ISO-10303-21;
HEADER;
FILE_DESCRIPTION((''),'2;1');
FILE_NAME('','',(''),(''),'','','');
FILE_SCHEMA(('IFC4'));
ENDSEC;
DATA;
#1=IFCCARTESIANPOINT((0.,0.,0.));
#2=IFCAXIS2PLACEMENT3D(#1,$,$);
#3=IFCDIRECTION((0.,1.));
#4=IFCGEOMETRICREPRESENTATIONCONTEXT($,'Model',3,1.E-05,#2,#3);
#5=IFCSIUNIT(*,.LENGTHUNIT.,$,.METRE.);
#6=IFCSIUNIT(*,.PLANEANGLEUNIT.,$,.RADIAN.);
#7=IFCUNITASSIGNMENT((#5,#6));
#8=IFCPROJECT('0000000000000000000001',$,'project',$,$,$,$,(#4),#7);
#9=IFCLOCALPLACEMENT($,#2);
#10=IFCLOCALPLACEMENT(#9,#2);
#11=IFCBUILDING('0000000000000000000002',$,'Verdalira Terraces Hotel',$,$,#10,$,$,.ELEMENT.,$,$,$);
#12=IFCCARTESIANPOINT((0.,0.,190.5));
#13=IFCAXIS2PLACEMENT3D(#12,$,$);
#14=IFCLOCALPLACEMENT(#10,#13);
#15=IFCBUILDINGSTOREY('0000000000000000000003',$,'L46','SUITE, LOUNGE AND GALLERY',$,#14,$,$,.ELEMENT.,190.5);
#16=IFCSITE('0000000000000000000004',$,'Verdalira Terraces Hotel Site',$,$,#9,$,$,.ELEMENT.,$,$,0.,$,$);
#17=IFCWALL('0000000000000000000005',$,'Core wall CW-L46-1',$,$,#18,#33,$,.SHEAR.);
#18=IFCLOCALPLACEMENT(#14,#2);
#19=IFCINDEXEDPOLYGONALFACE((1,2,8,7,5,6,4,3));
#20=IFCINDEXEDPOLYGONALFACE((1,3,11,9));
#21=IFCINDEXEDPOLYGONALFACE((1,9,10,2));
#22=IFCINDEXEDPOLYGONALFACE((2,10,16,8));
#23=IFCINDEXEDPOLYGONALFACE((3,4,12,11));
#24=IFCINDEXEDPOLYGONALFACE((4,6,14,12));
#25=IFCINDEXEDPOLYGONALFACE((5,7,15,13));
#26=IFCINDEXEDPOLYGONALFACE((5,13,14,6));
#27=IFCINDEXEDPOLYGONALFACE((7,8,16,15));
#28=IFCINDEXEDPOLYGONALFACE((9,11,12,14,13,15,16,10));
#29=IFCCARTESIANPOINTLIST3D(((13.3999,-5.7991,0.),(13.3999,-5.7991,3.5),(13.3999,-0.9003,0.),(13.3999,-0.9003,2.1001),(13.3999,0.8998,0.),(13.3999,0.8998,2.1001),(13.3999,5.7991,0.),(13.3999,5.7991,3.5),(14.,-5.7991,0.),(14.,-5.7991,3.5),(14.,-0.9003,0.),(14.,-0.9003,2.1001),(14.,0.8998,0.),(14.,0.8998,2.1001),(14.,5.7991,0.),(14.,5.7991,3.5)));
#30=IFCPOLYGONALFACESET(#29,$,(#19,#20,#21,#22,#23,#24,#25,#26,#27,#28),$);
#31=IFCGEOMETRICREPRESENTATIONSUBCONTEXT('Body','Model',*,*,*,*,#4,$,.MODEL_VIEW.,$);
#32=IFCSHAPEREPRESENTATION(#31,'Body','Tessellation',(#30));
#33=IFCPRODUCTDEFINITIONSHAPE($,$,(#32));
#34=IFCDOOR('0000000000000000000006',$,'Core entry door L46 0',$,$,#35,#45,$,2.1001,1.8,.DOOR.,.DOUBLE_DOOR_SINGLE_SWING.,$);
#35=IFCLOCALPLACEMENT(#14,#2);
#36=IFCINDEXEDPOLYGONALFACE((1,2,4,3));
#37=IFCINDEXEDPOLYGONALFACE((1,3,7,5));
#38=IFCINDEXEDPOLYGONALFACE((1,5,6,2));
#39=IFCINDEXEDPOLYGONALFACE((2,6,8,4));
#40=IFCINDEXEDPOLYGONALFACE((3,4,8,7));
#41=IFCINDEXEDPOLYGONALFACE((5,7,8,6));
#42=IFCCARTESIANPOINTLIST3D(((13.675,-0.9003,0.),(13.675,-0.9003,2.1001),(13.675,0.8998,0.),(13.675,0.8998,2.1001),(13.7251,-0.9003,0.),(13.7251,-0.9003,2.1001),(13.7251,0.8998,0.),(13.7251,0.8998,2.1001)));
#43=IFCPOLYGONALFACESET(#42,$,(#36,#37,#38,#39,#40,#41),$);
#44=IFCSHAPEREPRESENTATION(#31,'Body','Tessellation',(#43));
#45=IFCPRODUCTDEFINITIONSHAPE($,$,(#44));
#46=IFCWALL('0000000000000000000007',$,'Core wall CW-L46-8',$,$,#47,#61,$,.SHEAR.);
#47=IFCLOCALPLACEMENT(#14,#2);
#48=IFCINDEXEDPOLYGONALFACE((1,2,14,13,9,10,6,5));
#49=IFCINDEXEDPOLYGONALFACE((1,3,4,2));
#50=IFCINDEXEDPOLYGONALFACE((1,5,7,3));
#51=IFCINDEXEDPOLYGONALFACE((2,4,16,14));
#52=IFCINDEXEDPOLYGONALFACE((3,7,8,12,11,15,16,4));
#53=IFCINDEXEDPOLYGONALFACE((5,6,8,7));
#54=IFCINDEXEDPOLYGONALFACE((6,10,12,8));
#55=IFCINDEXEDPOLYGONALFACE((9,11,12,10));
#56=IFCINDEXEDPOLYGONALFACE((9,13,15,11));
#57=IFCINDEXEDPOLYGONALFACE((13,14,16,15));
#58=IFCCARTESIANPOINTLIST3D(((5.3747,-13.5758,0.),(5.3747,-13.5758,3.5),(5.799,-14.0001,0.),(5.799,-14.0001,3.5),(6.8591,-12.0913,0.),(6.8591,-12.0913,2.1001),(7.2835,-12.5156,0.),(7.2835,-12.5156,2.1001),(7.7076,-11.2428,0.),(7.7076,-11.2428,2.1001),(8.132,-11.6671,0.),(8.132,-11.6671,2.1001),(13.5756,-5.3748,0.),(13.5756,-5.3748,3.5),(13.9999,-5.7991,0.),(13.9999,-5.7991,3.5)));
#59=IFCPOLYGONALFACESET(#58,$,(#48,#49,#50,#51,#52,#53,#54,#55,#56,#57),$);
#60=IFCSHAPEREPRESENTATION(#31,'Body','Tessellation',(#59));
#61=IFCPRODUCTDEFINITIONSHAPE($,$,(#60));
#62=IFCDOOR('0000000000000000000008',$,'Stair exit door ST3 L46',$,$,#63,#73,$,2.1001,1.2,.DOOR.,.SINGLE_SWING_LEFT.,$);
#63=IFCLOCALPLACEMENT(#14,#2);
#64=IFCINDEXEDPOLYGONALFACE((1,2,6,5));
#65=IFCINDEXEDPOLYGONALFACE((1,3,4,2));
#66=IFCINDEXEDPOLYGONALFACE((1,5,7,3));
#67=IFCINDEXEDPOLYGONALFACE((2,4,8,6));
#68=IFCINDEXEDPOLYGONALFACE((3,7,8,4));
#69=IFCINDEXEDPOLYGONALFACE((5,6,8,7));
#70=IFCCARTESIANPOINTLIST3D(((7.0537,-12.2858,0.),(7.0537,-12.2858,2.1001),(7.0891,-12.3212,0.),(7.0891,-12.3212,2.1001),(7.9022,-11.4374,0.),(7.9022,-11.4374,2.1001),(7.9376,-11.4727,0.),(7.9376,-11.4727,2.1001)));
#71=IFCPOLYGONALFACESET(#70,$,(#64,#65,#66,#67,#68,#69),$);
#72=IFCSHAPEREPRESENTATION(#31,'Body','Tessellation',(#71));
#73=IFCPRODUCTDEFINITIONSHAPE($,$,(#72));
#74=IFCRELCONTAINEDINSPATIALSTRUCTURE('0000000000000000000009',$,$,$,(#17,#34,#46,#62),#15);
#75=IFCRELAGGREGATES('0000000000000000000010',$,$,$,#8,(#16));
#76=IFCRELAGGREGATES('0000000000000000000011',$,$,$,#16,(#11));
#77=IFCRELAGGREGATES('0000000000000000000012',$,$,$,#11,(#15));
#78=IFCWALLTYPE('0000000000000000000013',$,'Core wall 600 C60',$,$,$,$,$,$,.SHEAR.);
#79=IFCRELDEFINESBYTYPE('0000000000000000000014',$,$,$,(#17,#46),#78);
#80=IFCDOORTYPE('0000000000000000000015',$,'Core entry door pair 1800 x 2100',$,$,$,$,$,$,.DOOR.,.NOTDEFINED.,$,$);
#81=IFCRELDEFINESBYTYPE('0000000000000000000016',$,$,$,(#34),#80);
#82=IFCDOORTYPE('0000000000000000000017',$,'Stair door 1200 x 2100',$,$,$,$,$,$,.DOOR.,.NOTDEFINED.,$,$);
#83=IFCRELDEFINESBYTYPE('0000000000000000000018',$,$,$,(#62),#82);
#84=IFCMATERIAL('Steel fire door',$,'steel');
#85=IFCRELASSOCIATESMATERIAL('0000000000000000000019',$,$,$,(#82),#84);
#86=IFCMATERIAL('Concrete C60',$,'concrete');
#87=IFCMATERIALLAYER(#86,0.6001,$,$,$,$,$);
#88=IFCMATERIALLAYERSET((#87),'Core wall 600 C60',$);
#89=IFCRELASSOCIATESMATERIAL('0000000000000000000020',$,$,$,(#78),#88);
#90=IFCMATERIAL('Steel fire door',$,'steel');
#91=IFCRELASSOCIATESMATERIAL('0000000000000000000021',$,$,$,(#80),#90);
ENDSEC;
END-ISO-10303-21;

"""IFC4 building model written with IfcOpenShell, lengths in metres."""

from ifc_helpers import new_model, si_unit, direction, frame, frame_2d, origin, place, context, subcontext, project, spatial, rectangle, extrude, material, layer, layer_set, type_object, element, fill, save


model = new_model("IFC4")

# Units and contexts
model_context = context("Model", 3, precision=1e-05, world=origin(), true_north=direction((0.0, 1.0)))
body_context = subcontext(model_context, "Body", "Model", "MODEL_VIEW")
ifc_project = project(units=[si_unit("LENGTHUNIT", "METRE"), si_unit("PLANEANGLEUNIT", "RADIAN")], contexts=[model_context])

# Site, building, storey
site_placement = place(None, origin())
site = spatial("IfcSite", under=ifc_project, at=site_placement, Name="Verdalira Terraces Hotel Site", CompositionType="ELEMENT", RefElevation=0.0)
building_placement = place(site_placement, origin())
building = spatial("IfcBuilding", under=site, at=building_placement, Name="Verdalira Terraces Hotel", CompositionType="ELEMENT")
storey_placement = place(building_placement, frame((0.0, 0.0, 190.5)))
storey = spatial("IfcBuildingStorey", under=building, at=storey_placement, Name="L46", Description="SUITE, LOUNGE AND GALLERY", CompositionType="ELEMENT", Elevation=190.5)

# Shared definitions
ifc_material_1 = material(Name="Steel fire door", Category="steel")
door_type_1 = type_object("IfcDoorType", Name="Stair door 1200 x 2100", OperationType="NOTDEFINED", PredefinedType="DOOR", material=ifc_material_1)

# Walls, openings, doors
ifc_material_2 = material(Name="Concrete C60", Category="concrete")
ifc_layer_1 = layer(ifc_material_2, 0.6001)
ifc_layer_set_1 = layer_set([ifc_layer_1], Name="Core wall 600 C60")
wall_type_1 = type_object("IfcWallType", Name="Core wall 600 C60", PredefinedType="SHEAR", material=ifc_layer_set_1)
wall_1_placement = place(storey_placement, frame((13.7, -5.7991, 0.0), z_axis=(0.0, 0.0, 1.0), x_axis=(0.0, 1.0, 0.0)))
wall_1 = element("IfcWall", 1, at=wall_1_placement, inside=storey, type_object=wall_type_1, Name="Core wall CW-L46-1", PredefinedType="SHEAR", context=body_context, shape_type="SweptSolid", body=[
    extrude(rectangle(XDim=11.5981, YDim=0.6001, at=frame_2d((5.7991, 0.0))), origin(), (0.0, 0.0, 1.0), 3.5),
])
opening_1_placement = place(wall_1_placement, frame((4.8989, 0.0, 0.0)))
opening_1 = element("IfcOpeningElement", 2, at=opening_1_placement, cuts=wall_1, PredefinedType="OPENING", context=body_context, shape_type="SweptSolid", body=[
    extrude(rectangle(XDim=1.8, YDim=2.1001, at=frame_2d((0.8999, 1.05))), frame((0.0, 0.3101, 0.0), z_axis=(0.0, -1.0, 0.0), x_axis=(1.0, 0.0, 0.0)), (0.0, 0.0, 1.0), 0.6201),
])
ifc_material_3 = material(Name="Steel fire door", Category="steel")
door_type_2 = type_object("IfcDoorType", Name="Core entry door pair 1800 x 2100", OperationType="NOTDEFINED", PredefinedType="DOOR", material=ifc_material_3)
door_1_placement = place(opening_1_placement, origin())
door_1 = element("IfcDoor", 3, at=door_1_placement, inside=storey, type_object=door_type_2, Name="Core entry door L46 0", OperationType="DOUBLE_DOOR_SINGLE_SWING", OverallHeight=2.1001, OverallWidth=1.8, PredefinedType="DOOR", context=body_context, shape_type="SweptSolid", body=[
    extrude(rectangle(XDim=1.8, YDim=2.1001, at=frame_2d((0.8999, 1.05))), frame((0.0, 0.0249, 0.0), z_axis=(0.0, -1.0, 0.0), x_axis=(1.0, 0.0, 0.0)), (0.0, 0.0, 1.0), 0.05),
])
fill(opening_1, door_1)
wall_2_placement = place(storey_placement, frame((5.5869, -13.7878, 0.0), z_axis=(0.0, 0.0, 1.0), x_axis=(0.707107, 0.707107, 0.0)))
wall_2 = element("IfcWall", 4, at=wall_2_placement, inside=storey, type_object=wall_type_1, Name="Core wall CW-L46-8", PredefinedType="SHEAR", context=body_context, shape_type="SweptSolid", body=[
    extrude(rectangle(XDim=11.5979, YDim=0.6001, at=frame_2d((5.7988, 0.0))), origin(), (0.0, 0.0, 1.0), 3.5),
])
opening_2_placement = place(wall_2_placement, frame((2.0991, 0.0, 0.0)))
opening_2 = element("IfcOpeningElement", 5, at=opening_2_placement, cuts=wall_2, PredefinedType="OPENING", context=body_context, shape_type="SweptSolid", body=[
    extrude(rectangle(XDim=1.2, YDim=2.1001, at=frame_2d((0.6001, 1.05))), frame((0.0, 0.3101, 0.0), z_axis=(0.0, -1.0, 0.0), x_axis=(1.0, 0.0, 0.0)), (0.0, 0.0, 1.0), 0.6201),
])
door_2_placement = place(opening_2_placement, origin())
door_2 = element("IfcDoor", 6, at=door_2_placement, inside=storey, type_object=door_type_1, Name="Stair exit door ST3 L46", OperationType="SINGLE_SWING_LEFT", OverallHeight=2.1001, OverallWidth=1.2, PredefinedType="DOOR", context=body_context, shape_type="SweptSolid", body=[
    extrude(rectangle(XDim=1.2, YDim=2.1001, at=frame_2d((0.6001, 1.05))), frame((0.0, 0.0249, 0.0), z_axis=(0.0, -1.0, 0.0), x_axis=(1.0, 0.0, 0.0)), (0.0, 0.0, 1.0), 0.05),
])
fill(opening_2, door_2)

save(model, "model.ifc")
